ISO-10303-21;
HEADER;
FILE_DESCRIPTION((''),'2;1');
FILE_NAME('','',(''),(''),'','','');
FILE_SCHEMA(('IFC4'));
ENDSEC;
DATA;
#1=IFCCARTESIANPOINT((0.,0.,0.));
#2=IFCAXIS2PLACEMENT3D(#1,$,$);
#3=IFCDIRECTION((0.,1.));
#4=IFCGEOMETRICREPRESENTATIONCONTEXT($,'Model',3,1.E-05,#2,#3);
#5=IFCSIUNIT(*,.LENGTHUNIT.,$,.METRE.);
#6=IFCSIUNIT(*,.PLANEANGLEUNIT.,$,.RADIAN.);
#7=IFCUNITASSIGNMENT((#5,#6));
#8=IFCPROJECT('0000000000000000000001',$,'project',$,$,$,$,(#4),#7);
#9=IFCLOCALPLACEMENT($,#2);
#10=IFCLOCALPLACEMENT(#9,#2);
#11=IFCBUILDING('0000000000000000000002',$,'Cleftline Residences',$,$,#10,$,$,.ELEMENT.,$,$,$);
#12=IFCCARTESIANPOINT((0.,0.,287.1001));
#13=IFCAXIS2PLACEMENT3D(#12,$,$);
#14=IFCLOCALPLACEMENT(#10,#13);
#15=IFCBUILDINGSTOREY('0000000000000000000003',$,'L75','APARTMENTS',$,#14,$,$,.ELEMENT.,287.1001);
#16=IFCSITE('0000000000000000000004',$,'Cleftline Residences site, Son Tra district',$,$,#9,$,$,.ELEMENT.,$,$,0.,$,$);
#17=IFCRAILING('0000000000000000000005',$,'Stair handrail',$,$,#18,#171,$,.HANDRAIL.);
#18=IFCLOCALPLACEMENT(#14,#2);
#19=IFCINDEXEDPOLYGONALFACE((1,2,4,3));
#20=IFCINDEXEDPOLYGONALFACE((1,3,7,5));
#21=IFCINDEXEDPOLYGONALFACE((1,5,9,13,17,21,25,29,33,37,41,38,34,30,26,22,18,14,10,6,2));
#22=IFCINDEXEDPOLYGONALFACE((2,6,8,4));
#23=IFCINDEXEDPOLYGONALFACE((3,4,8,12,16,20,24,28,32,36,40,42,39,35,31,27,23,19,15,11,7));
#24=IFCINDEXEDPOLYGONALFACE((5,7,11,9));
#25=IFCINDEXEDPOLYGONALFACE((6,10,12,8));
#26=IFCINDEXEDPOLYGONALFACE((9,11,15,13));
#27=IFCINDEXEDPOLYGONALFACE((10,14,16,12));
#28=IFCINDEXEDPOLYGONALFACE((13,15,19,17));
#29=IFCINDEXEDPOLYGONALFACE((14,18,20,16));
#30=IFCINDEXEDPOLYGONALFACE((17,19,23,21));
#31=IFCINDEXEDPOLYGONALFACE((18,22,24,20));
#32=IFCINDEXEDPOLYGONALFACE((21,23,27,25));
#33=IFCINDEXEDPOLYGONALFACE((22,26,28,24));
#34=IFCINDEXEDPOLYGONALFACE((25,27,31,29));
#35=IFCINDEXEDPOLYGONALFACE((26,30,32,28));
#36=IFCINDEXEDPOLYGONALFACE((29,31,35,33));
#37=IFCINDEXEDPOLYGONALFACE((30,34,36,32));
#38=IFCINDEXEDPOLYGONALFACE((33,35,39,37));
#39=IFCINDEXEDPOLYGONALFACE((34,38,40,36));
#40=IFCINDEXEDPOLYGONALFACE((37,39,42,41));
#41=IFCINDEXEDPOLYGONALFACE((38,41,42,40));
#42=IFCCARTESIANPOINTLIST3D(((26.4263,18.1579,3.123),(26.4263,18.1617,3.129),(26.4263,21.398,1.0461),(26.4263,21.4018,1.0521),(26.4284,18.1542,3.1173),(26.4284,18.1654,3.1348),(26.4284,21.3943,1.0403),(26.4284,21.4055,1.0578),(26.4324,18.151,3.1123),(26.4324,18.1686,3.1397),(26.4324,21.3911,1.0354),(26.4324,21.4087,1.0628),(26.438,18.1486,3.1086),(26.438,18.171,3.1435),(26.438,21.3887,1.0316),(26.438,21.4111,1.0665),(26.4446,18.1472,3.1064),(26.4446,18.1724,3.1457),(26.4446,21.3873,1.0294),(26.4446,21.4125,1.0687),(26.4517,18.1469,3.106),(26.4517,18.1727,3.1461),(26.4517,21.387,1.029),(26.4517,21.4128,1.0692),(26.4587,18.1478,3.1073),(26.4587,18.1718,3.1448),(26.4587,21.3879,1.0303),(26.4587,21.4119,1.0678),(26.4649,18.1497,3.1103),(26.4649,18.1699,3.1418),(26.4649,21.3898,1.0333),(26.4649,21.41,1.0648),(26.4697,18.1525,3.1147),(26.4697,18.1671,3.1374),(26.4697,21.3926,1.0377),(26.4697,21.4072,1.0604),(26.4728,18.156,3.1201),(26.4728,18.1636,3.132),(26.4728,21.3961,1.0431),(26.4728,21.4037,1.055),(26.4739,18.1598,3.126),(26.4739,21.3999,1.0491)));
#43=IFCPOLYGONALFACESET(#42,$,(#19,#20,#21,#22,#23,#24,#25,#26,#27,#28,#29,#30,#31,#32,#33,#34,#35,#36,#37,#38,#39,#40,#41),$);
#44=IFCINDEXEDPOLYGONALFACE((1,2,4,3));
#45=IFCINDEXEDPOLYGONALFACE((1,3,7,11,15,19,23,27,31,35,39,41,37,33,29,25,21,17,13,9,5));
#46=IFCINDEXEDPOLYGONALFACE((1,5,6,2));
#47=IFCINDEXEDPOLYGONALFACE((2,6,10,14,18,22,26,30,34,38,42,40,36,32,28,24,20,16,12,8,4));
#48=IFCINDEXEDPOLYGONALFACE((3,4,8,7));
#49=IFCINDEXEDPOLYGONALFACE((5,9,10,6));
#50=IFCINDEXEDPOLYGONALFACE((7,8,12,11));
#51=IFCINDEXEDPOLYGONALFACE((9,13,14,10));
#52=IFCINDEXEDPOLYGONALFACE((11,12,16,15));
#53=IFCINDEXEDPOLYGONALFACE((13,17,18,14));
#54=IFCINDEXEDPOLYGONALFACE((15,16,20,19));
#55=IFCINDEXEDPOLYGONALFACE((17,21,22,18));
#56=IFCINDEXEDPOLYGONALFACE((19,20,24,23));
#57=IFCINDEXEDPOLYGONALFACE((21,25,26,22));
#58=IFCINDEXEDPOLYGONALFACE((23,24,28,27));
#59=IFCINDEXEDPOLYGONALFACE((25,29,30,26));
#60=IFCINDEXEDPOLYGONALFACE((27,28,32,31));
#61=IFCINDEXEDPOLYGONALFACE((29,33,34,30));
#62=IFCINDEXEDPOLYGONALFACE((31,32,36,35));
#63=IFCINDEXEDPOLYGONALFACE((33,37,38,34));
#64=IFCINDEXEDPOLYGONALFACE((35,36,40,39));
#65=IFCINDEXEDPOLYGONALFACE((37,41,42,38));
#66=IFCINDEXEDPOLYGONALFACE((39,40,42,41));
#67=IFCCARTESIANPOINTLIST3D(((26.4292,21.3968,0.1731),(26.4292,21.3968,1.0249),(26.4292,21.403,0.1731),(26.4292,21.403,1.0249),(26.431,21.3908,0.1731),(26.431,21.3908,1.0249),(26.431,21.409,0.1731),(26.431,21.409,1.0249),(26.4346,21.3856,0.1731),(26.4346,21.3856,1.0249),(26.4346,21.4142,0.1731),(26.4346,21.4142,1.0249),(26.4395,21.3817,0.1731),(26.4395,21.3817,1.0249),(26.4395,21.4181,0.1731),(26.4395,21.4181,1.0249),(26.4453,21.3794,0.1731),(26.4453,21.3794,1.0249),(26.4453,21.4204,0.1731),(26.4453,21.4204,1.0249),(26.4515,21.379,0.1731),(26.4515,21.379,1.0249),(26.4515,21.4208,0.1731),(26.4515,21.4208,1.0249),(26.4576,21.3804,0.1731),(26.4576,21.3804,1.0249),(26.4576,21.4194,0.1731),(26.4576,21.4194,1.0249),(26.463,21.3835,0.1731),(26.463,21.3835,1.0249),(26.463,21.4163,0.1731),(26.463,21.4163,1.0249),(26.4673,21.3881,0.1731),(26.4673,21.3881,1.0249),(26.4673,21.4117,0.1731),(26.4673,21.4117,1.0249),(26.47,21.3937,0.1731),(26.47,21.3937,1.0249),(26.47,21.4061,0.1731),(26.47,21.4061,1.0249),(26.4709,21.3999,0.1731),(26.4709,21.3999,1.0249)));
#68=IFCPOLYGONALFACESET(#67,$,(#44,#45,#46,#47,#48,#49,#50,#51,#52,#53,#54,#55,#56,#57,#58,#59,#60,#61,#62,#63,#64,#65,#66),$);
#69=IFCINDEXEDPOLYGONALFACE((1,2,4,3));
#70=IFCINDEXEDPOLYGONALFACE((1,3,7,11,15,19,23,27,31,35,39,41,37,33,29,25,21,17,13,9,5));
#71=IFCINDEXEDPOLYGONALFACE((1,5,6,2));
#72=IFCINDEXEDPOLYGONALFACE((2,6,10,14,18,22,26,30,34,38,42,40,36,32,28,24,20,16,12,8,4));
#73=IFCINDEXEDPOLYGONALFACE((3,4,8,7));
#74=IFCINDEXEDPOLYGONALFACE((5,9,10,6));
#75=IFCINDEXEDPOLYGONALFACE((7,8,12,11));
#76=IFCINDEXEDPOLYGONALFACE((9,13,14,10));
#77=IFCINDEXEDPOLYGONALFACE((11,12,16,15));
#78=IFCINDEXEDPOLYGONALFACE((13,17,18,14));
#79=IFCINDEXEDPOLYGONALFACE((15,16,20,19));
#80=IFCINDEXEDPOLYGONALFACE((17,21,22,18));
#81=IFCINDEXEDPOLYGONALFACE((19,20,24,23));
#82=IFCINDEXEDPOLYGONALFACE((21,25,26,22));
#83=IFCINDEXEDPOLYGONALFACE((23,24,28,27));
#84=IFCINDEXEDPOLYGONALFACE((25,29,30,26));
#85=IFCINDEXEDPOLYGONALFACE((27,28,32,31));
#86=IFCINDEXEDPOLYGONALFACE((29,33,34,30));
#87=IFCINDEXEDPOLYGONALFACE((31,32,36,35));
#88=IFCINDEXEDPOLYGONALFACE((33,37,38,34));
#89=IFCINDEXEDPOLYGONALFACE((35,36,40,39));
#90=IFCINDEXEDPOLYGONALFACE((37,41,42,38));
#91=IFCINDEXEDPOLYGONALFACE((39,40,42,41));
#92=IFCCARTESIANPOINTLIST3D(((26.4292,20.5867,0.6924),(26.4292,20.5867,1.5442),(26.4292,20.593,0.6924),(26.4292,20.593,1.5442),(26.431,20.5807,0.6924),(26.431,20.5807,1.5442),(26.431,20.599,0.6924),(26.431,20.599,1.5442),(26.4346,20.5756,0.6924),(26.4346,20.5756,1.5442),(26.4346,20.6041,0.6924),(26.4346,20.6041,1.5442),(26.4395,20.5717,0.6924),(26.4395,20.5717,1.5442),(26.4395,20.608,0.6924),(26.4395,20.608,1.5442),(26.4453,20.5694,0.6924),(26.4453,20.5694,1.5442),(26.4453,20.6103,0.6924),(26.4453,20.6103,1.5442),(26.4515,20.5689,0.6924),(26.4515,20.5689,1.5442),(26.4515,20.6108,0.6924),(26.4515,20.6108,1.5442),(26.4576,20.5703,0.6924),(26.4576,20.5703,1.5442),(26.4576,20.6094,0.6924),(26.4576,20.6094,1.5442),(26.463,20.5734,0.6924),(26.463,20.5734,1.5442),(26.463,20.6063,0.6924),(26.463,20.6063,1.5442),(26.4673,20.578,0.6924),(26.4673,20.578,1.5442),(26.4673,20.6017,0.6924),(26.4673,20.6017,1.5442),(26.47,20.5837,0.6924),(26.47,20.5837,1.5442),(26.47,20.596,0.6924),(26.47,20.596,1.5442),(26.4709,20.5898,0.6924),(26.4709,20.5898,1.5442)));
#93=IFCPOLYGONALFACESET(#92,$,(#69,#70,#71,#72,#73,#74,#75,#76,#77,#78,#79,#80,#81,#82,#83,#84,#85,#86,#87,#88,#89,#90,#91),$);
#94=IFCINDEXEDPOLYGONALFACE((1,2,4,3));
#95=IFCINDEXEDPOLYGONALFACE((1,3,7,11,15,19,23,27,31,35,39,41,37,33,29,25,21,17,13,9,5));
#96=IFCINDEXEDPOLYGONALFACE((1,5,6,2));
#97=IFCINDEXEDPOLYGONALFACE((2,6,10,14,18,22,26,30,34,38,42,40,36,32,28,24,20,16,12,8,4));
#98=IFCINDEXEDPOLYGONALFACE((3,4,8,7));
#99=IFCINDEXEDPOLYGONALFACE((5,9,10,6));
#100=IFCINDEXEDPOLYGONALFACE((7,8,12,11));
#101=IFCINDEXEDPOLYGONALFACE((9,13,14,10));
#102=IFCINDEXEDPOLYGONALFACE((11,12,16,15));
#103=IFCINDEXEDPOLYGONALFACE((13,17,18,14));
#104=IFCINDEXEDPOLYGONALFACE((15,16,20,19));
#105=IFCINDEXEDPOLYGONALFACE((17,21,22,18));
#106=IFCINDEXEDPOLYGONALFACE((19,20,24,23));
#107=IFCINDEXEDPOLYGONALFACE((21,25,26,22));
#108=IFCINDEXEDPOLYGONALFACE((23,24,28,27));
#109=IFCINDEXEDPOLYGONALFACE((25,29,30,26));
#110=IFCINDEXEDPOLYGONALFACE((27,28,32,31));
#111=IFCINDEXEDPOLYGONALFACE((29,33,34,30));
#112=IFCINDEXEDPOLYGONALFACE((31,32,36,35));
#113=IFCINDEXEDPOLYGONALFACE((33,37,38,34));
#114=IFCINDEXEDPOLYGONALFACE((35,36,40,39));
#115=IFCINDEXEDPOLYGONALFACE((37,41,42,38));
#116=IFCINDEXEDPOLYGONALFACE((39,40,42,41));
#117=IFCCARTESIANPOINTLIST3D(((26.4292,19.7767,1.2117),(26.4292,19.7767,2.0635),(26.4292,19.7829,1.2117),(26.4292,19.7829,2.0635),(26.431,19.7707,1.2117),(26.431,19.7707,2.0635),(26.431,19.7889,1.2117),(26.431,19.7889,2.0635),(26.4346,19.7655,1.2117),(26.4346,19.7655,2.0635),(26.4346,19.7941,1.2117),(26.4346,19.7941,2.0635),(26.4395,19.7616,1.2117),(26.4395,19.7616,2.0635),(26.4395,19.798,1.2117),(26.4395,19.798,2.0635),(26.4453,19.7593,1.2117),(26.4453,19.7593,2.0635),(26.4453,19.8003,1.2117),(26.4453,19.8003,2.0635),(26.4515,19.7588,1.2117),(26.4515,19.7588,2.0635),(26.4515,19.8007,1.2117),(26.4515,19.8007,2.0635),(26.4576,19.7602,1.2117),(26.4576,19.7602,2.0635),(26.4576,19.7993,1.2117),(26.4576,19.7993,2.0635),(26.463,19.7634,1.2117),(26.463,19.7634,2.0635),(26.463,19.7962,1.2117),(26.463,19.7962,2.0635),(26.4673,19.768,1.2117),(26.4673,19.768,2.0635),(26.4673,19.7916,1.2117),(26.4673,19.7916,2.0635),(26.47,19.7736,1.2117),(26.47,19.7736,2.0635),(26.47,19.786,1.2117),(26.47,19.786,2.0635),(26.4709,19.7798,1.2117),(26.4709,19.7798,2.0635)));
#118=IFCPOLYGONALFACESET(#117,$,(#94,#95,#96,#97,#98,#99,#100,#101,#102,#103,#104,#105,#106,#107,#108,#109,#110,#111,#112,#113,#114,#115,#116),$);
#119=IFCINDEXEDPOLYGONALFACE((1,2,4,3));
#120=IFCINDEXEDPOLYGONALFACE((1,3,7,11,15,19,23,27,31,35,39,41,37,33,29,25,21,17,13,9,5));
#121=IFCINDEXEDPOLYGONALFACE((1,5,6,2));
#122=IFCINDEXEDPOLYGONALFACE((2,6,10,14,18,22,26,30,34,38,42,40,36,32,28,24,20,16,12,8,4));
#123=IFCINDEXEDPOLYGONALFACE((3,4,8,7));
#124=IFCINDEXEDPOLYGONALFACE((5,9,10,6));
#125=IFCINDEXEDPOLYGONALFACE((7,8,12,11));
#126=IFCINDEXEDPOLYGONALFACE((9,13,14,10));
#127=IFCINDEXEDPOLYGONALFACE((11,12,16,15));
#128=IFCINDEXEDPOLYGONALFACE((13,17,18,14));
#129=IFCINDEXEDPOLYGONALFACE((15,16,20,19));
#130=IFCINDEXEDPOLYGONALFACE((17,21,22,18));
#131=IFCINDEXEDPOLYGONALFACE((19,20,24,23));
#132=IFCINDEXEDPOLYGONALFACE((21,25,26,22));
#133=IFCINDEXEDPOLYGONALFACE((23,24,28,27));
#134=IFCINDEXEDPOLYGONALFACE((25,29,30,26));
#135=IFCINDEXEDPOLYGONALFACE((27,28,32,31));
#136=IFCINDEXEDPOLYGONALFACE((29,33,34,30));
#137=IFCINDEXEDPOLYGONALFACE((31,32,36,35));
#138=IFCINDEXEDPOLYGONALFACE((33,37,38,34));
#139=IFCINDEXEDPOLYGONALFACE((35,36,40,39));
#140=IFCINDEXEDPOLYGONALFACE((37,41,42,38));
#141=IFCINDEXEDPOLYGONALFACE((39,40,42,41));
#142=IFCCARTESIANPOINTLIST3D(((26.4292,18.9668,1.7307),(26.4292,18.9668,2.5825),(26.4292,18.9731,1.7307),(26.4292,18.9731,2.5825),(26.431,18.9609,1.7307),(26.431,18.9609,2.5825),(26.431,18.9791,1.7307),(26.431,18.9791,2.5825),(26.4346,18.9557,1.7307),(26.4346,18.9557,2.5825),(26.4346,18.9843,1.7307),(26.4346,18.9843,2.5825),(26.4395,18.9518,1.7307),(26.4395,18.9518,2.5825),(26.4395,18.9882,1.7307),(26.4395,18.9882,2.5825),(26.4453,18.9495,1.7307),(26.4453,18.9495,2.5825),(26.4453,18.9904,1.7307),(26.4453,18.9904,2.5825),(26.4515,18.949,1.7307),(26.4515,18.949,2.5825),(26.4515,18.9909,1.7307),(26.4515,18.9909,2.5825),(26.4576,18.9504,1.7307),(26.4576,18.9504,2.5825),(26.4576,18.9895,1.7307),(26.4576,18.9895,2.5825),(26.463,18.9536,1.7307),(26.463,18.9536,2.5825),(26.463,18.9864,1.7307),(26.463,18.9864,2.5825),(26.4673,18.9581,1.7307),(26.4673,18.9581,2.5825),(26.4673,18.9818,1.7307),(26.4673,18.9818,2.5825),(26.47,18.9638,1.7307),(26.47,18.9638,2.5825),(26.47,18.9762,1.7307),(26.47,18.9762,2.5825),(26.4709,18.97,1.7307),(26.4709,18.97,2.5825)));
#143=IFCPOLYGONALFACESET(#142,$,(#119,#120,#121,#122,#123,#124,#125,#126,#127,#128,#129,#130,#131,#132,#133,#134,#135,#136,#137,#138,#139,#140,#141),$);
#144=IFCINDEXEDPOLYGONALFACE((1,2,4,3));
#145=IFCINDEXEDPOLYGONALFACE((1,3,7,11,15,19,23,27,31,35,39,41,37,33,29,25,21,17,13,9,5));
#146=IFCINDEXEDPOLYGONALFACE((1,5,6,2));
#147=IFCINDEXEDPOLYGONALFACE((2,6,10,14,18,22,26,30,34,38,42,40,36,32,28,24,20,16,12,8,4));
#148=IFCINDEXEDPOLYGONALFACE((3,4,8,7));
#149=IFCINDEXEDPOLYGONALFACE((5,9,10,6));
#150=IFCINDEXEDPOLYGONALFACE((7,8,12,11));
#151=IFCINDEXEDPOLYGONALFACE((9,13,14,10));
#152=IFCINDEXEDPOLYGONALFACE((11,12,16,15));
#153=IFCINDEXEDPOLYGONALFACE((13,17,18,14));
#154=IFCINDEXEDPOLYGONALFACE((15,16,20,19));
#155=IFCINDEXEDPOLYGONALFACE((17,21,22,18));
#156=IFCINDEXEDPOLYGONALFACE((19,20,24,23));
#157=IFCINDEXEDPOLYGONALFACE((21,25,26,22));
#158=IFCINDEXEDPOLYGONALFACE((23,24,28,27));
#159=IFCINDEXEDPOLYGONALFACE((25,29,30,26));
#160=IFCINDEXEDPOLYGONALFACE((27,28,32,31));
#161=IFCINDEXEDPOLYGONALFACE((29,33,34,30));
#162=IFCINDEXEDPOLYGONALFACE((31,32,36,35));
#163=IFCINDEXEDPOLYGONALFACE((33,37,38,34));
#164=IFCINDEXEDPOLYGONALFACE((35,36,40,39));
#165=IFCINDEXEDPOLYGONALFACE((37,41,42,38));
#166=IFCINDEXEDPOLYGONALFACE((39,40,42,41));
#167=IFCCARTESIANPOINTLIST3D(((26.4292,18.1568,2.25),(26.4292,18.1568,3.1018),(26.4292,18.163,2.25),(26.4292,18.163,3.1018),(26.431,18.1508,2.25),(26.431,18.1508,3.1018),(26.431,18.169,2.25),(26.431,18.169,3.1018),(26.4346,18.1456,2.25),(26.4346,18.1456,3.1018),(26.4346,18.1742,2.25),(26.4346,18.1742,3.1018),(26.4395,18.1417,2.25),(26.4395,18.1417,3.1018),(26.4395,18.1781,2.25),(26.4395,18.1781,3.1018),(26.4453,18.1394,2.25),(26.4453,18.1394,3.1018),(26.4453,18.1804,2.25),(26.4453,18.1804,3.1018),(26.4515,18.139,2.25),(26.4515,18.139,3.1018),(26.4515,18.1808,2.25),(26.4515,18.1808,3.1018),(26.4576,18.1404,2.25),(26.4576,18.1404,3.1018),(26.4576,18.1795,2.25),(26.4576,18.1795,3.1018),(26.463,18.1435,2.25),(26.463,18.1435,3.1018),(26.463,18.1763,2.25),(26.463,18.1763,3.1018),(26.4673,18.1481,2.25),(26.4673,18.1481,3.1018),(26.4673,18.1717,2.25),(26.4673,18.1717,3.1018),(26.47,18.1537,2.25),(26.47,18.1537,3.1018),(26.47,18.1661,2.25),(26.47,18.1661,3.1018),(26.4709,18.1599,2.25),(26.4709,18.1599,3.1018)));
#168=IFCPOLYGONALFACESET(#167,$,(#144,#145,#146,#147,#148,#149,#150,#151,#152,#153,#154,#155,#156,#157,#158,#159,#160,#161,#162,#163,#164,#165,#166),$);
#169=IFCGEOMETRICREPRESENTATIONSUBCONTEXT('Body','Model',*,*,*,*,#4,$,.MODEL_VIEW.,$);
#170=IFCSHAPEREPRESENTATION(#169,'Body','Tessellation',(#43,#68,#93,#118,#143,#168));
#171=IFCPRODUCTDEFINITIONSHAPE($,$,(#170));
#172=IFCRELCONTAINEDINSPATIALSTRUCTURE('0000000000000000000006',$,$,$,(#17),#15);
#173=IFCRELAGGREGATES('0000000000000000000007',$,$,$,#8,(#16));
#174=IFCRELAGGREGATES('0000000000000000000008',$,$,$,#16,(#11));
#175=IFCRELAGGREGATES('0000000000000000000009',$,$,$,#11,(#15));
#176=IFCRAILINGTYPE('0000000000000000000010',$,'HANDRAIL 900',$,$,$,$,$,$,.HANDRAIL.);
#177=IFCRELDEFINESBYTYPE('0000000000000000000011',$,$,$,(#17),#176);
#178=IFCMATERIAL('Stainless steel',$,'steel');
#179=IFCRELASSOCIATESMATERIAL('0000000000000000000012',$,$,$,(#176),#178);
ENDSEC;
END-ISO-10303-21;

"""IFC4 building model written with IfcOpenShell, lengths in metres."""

from ifc_helpers import new_model, si_unit, direction, frame, origin, origin_2d, place, context, subcontext, project, spatial, circle, extrude, material, type_object, element, save


model = new_model("IFC4")

# Units and contexts
model_context = context("Model", 3, precision=1e-05, world=origin(), true_north=direction((0.0, 1.0)))
body_context = subcontext(model_context, "Body", "Model", "MODEL_VIEW")
ifc_project = project(units=[si_unit("LENGTHUNIT", "METRE"), si_unit("PLANEANGLEUNIT", "RADIAN")], contexts=[model_context])

# Site, building, storey
site_placement = place(None, origin())
site = spatial("IfcSite", under=ifc_project, at=site_placement, Name="Cleftline Residences site, Son Tra district", CompositionType="ELEMENT", RefElevation=0.0)
building_placement = place(site_placement, origin())
building = spatial("IfcBuilding", under=site, at=building_placement, Name="Cleftline Residences", CompositionType="ELEMENT")
storey_placement = place(building_placement, frame((0.0, 0.0, 287.1001)))
storey = spatial("IfcBuildingStorey", under=building, at=storey_placement, Name="L75", Description="APARTMENTS", CompositionType="ELEMENT", Elevation=287.1001)

# Railing
ifc_material_1 = material(Name="Stainless steel", Category="steel")
railing_type = type_object("IfcRailingType", Name="HANDRAIL 900", PredefinedType="HANDRAIL", material=ifc_material_1)
railing_1_placement = place(storey_placement, frame((26.45, 21.3999, 0.1731)))
element("IfcRailing", 1, at=railing_1_placement, inside=storey, type_object=railing_type, Name="Stair handrail", PredefinedType="HANDRAIL", context=body_context, shape_type="SweptSolid", body=[
    extrude(circle(Radius=0.0239, at=origin_2d()), frame((0.0, 0.0, 0.876), z_axis=(0.0, -0.841881, 0.539664), x_axis=(1.0, 0.0, 0.0)), (0.0, 0.0, 1.0), 3.8486),
    extrude(circle(Radius=0.021, at=origin_2d()), origin(), (0.0, 0.0, 1.0), 0.8518),
    extrude(circle(Radius=0.021, at=origin_2d()), frame((0.0, -0.8101, 0.5193)), (0.0, 0.0, 1.0), 0.8518),
    extrude(circle(Radius=0.021, at=origin_2d()), frame((0.0, -1.6201, 1.0386)), (0.0, 0.0, 1.0), 0.8518),
    extrude(circle(Radius=0.021, at=origin_2d()), frame((0.0, -2.4299, 1.5576)), (0.0, 0.0, 1.0), 0.8518),
    extrude(circle(Radius=0.021, at=origin_2d()), frame((0.0, -3.24, 2.0769)), (0.0, 0.0, 1.0), 0.8518),
])

save(model, "model.ifc")
